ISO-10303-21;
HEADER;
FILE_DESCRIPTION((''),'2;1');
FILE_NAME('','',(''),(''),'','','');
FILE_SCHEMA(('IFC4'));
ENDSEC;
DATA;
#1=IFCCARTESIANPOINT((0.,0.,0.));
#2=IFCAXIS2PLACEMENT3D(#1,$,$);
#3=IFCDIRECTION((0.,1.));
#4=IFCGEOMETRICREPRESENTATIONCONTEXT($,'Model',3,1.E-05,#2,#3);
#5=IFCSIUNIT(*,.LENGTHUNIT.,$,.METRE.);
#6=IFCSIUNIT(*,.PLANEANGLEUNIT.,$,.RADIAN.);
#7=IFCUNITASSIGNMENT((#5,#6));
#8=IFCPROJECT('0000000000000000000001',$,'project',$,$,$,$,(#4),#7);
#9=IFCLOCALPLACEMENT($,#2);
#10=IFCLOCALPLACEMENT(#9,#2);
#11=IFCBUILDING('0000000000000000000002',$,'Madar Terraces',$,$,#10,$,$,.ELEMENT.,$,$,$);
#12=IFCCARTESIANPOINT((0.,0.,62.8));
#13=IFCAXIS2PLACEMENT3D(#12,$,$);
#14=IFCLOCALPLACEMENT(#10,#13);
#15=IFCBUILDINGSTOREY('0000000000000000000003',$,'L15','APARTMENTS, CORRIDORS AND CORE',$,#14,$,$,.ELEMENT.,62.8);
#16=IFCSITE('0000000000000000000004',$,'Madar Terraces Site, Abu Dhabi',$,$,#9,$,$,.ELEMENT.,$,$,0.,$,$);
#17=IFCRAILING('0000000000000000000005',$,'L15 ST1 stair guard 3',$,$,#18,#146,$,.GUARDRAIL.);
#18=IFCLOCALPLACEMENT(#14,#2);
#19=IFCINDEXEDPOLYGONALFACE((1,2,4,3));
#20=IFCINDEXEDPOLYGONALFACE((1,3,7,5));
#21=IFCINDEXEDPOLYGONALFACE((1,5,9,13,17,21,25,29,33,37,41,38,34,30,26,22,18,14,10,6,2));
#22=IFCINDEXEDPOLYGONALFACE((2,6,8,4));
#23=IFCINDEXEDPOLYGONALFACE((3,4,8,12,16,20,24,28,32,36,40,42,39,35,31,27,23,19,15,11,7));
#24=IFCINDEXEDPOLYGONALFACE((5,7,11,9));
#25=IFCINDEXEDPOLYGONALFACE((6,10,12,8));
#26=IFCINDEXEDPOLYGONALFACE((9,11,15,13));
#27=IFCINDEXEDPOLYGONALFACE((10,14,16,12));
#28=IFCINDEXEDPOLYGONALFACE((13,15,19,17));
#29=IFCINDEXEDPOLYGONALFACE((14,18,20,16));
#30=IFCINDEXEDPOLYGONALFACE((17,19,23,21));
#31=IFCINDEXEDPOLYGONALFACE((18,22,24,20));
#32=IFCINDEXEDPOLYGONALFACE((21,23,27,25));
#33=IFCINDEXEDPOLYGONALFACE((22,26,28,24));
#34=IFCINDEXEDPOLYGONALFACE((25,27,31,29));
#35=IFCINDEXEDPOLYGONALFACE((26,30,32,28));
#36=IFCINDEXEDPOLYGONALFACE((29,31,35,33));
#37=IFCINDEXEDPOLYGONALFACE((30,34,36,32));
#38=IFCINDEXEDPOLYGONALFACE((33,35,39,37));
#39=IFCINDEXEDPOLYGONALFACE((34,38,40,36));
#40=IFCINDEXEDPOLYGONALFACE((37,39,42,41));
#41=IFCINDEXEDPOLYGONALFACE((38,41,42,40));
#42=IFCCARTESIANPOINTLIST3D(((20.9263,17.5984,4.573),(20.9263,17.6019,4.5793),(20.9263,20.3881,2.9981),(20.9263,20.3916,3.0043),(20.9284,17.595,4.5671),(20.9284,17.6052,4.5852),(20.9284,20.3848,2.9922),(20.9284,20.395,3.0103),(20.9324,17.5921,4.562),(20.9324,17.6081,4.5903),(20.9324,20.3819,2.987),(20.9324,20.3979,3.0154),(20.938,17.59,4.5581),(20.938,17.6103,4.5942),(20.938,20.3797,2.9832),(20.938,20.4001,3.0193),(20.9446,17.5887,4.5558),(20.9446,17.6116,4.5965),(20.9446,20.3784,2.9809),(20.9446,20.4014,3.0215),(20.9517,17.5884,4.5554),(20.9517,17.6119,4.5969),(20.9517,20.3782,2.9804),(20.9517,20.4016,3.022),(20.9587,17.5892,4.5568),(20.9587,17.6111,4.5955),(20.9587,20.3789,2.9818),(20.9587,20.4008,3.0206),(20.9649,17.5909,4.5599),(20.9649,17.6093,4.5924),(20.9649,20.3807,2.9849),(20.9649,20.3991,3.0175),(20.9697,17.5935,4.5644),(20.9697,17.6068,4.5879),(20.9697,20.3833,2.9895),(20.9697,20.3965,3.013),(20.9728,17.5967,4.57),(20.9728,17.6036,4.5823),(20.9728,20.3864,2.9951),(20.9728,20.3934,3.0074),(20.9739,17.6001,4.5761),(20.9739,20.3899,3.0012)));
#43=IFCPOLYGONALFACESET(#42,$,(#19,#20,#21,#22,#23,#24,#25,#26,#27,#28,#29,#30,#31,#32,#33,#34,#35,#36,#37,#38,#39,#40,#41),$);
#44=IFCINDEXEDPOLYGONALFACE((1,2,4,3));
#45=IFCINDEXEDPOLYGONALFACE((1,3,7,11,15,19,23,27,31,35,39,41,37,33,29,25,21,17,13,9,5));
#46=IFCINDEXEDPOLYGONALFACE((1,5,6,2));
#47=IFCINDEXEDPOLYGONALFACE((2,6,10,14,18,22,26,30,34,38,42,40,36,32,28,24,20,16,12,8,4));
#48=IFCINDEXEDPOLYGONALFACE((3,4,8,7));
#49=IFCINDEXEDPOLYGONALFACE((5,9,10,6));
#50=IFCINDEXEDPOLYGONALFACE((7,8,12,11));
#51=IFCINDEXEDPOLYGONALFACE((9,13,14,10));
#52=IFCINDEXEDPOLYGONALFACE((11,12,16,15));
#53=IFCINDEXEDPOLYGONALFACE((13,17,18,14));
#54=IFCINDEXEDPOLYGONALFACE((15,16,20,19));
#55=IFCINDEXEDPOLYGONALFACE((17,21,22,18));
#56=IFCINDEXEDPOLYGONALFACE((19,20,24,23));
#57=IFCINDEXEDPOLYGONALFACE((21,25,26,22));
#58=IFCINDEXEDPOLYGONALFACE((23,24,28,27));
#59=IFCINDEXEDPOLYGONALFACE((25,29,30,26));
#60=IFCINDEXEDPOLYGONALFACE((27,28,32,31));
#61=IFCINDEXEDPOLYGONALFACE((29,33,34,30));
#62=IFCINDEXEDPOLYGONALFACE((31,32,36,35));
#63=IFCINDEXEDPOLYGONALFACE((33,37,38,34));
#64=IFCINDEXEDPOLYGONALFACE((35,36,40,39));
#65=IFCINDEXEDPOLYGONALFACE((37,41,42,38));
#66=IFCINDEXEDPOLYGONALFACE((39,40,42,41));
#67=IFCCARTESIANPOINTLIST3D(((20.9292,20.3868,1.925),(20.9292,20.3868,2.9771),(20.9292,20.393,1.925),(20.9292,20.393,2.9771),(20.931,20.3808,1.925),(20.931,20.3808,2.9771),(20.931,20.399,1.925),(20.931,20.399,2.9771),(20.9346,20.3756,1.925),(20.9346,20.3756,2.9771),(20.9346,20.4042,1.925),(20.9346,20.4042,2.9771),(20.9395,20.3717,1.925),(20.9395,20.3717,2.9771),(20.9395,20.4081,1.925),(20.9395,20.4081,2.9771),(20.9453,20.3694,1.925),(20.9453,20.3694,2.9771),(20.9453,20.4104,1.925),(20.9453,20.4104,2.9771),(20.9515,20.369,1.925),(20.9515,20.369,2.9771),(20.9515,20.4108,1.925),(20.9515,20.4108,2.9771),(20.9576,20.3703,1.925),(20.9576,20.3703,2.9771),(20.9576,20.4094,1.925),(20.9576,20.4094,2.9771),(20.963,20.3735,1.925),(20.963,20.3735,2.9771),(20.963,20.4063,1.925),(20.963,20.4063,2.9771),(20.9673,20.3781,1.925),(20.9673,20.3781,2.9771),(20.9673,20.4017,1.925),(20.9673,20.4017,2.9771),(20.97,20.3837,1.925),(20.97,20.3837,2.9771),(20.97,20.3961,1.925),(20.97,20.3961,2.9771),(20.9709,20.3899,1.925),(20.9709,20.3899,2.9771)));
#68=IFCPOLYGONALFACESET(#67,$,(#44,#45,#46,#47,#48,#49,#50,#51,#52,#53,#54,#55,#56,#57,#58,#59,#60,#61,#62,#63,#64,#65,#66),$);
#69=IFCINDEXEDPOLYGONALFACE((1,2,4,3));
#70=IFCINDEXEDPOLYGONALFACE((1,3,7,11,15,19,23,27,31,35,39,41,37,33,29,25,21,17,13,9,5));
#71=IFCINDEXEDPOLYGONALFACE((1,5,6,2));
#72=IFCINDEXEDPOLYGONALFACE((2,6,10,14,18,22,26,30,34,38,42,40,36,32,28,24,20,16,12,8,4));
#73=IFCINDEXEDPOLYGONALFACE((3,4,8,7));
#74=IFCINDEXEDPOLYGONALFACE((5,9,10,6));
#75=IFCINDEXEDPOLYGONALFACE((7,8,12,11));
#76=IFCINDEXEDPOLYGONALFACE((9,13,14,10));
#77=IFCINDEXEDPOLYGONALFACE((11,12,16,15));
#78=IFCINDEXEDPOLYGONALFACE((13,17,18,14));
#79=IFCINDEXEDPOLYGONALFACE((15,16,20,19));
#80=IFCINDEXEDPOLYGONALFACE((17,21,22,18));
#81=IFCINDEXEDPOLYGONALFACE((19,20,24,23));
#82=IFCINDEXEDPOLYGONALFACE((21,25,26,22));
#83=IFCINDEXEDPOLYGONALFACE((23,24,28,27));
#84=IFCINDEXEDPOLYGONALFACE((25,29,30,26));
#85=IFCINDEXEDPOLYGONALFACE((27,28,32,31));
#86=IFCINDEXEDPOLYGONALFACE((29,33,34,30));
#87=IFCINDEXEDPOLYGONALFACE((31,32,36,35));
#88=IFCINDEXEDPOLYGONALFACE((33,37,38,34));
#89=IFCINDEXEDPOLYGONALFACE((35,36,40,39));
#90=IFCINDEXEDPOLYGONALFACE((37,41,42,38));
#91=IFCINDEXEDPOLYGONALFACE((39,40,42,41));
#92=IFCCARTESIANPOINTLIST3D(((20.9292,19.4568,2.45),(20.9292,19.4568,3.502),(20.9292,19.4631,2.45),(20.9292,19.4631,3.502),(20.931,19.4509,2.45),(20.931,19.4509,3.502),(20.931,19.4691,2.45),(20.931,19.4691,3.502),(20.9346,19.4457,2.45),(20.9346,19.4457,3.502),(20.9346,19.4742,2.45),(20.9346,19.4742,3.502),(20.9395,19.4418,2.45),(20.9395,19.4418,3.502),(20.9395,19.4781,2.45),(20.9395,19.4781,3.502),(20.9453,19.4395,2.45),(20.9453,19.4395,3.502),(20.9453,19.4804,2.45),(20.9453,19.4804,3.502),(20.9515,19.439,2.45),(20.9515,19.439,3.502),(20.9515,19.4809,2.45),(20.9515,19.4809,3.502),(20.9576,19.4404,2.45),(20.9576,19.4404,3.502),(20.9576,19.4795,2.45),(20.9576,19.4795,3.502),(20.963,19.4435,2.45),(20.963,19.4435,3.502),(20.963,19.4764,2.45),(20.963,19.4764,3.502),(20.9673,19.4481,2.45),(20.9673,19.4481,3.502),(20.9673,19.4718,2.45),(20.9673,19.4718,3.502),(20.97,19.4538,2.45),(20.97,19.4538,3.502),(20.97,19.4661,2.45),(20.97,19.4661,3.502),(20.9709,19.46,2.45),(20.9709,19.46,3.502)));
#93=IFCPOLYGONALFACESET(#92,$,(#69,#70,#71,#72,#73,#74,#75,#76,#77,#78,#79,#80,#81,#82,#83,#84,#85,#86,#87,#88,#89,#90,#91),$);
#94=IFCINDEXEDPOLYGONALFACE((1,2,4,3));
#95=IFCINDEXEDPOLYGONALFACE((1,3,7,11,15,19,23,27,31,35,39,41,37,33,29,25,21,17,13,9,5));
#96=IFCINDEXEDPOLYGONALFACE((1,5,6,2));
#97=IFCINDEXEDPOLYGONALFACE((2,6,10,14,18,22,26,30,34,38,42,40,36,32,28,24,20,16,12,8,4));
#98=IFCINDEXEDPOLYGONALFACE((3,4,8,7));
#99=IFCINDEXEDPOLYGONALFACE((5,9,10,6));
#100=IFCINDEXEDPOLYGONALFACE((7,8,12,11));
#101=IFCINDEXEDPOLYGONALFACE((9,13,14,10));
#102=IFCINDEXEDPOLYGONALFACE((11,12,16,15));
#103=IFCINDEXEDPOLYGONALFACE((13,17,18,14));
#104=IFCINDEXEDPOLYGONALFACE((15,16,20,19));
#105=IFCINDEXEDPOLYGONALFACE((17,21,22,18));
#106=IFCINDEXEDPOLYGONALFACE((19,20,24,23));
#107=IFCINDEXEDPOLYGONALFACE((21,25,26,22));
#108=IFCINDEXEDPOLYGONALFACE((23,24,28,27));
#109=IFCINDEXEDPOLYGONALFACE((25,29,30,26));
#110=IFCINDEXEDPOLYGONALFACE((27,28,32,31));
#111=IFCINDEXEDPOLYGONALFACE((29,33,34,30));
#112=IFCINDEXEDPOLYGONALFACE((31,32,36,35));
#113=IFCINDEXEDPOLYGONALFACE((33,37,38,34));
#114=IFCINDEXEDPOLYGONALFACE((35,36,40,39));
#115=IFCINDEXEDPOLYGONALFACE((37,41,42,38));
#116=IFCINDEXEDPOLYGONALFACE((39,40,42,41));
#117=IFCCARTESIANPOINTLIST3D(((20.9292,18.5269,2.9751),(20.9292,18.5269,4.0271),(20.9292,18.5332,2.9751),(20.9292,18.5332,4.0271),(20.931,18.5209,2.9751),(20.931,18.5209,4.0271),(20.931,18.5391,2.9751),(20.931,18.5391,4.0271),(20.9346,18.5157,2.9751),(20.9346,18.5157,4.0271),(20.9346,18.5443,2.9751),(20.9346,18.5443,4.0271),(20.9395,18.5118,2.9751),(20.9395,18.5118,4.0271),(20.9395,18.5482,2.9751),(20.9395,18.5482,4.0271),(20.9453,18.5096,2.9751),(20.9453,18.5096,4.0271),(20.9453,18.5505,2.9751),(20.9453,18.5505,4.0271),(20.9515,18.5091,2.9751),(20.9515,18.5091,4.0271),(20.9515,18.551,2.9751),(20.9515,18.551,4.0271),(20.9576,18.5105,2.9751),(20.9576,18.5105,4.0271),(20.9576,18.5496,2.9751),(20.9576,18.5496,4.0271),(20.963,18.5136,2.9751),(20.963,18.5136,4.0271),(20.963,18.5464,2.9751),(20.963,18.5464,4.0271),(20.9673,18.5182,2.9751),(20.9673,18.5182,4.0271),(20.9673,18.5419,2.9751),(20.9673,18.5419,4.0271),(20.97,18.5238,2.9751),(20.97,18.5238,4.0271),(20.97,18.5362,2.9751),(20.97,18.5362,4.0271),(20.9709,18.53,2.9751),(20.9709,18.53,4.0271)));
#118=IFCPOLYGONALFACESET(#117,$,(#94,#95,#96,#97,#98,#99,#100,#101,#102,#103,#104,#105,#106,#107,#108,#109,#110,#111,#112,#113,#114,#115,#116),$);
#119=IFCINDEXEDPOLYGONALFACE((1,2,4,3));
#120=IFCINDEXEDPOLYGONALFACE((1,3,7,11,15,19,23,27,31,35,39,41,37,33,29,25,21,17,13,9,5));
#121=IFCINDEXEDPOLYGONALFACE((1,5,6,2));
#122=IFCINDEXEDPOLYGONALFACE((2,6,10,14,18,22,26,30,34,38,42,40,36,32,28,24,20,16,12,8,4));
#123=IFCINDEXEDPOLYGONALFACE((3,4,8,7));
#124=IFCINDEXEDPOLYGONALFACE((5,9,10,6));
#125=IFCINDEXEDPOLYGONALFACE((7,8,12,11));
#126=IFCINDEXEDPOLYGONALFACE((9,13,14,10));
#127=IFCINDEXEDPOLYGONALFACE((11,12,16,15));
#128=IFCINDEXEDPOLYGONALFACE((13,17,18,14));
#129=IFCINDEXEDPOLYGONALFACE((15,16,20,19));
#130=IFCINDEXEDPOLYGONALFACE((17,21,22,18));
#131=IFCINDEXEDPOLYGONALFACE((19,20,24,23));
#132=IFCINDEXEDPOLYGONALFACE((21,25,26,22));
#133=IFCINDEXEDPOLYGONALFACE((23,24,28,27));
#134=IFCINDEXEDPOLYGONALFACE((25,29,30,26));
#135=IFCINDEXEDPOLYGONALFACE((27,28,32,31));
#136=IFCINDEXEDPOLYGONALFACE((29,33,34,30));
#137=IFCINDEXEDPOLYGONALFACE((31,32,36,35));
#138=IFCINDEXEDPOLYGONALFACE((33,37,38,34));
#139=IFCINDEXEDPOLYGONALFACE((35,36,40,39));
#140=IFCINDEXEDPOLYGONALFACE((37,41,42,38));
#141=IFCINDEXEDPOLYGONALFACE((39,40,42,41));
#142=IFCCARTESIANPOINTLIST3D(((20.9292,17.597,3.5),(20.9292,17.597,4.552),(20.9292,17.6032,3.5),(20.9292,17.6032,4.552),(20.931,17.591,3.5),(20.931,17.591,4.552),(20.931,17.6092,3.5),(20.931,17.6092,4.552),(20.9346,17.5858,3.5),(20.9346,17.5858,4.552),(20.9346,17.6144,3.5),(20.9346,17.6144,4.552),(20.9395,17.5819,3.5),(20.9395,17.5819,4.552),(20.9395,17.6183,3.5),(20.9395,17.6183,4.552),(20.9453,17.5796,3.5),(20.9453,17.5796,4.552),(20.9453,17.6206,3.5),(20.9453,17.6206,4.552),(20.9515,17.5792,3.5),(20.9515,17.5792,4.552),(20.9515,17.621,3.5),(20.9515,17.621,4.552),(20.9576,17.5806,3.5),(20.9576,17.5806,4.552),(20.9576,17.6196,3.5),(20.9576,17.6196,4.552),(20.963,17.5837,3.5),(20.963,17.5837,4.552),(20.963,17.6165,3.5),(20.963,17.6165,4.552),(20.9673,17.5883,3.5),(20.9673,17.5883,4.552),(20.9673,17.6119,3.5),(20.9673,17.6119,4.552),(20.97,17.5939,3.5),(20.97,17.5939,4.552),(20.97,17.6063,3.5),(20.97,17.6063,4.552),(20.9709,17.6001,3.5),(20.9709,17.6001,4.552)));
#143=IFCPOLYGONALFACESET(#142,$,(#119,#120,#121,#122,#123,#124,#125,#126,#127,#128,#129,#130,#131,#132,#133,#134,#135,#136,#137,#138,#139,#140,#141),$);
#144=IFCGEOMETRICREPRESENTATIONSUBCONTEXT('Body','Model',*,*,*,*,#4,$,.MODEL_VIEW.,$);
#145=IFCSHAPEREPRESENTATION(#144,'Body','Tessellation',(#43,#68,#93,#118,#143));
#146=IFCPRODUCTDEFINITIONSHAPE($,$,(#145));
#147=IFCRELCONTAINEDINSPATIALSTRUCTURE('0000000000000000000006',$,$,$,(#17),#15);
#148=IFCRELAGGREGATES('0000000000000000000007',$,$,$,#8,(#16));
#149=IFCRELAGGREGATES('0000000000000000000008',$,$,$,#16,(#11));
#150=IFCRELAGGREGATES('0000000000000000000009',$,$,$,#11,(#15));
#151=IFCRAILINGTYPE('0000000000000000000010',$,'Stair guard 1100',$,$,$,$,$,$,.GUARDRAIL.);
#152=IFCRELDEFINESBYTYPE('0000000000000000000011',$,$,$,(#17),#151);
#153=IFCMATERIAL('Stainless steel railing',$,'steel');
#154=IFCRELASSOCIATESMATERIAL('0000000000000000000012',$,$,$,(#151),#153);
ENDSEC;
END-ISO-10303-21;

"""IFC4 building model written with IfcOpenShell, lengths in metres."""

from ifc_helpers import new_model, si_unit, direction, frame, origin, origin_2d, place, context, subcontext, project, spatial, circle, extrude, material, type_object, element, save


model = new_model("IFC4")

# Units and contexts
model_context = context("Model", 3, precision=1e-05, world=origin(), true_north=direction((0.0, 1.0)))
body_context = subcontext(model_context, "Body", "Model", "MODEL_VIEW")
ifc_project = project(units=[si_unit("LENGTHUNIT", "METRE"), si_unit("PLANEANGLEUNIT", "RADIAN")], contexts=[model_context])

# Site, building, storey
site_placement = place(None, origin())
site = spatial("IfcSite", under=ifc_project, at=site_placement, Name="Madar Terraces Site, Abu Dhabi", CompositionType="ELEMENT", RefElevation=0.0)
building_placement = place(site_placement, origin())
building = spatial("IfcBuilding", under=site, at=building_placement, Name="Madar Terraces", CompositionType="ELEMENT")
storey_placement = place(building_placement, frame((0.0, 0.0, 62.8)))
storey = spatial("IfcBuildingStorey", under=building, at=storey_placement, Name="L15", Description="APARTMENTS, CORRIDORS AND CORE", CompositionType="ELEMENT", Elevation=62.8)

# Railing
ifc_material_1 = material(Name="Stainless steel railing", Category="steel")
railing_type_1 = type_object("IfcRailingType", Name="Stair guard 1100", PredefinedType="GUARDRAIL", material=ifc_material_1)
railing_1_placement = place(storey_placement, frame((20.95, 20.3899, 1.925)))
element("IfcRailing", 1, at=railing_1_placement, inside=storey, type_object=railing_type_1, Name="L15 ST1 stair guard 3", PredefinedType="GUARDRAIL", context=body_context, shape_type="SweptSolid", body=[
    extrude(circle(Radius=0.0239, at=origin_2d()), frame((0.0, 0.0, 1.0762), z_axis=(0.0, -0.870815, 0.49161), x_axis=(1.0, 0.0, 0.0)), (0.0, 0.0, 1.0), 3.2036),
    extrude(circle(Radius=0.021, at=origin_2d()), origin(), (0.0, 0.0, 1.0), 1.052),
    extrude(circle(Radius=0.021, at=origin_2d()), frame((0.0, -0.9299, 0.5249)), (0.0, 0.0, 1.0), 1.052),
    extrude(circle(Radius=0.021, at=origin_2d()), frame((0.0, -1.8599, 1.05)), (0.0, 0.0, 1.0), 1.052),
    extrude(circle(Radius=0.021, at=origin_2d()), frame((0.0, -2.7898, 1.575)), (0.0, 0.0, 1.0), 1.052),
])

save(model, "model.ifc")
